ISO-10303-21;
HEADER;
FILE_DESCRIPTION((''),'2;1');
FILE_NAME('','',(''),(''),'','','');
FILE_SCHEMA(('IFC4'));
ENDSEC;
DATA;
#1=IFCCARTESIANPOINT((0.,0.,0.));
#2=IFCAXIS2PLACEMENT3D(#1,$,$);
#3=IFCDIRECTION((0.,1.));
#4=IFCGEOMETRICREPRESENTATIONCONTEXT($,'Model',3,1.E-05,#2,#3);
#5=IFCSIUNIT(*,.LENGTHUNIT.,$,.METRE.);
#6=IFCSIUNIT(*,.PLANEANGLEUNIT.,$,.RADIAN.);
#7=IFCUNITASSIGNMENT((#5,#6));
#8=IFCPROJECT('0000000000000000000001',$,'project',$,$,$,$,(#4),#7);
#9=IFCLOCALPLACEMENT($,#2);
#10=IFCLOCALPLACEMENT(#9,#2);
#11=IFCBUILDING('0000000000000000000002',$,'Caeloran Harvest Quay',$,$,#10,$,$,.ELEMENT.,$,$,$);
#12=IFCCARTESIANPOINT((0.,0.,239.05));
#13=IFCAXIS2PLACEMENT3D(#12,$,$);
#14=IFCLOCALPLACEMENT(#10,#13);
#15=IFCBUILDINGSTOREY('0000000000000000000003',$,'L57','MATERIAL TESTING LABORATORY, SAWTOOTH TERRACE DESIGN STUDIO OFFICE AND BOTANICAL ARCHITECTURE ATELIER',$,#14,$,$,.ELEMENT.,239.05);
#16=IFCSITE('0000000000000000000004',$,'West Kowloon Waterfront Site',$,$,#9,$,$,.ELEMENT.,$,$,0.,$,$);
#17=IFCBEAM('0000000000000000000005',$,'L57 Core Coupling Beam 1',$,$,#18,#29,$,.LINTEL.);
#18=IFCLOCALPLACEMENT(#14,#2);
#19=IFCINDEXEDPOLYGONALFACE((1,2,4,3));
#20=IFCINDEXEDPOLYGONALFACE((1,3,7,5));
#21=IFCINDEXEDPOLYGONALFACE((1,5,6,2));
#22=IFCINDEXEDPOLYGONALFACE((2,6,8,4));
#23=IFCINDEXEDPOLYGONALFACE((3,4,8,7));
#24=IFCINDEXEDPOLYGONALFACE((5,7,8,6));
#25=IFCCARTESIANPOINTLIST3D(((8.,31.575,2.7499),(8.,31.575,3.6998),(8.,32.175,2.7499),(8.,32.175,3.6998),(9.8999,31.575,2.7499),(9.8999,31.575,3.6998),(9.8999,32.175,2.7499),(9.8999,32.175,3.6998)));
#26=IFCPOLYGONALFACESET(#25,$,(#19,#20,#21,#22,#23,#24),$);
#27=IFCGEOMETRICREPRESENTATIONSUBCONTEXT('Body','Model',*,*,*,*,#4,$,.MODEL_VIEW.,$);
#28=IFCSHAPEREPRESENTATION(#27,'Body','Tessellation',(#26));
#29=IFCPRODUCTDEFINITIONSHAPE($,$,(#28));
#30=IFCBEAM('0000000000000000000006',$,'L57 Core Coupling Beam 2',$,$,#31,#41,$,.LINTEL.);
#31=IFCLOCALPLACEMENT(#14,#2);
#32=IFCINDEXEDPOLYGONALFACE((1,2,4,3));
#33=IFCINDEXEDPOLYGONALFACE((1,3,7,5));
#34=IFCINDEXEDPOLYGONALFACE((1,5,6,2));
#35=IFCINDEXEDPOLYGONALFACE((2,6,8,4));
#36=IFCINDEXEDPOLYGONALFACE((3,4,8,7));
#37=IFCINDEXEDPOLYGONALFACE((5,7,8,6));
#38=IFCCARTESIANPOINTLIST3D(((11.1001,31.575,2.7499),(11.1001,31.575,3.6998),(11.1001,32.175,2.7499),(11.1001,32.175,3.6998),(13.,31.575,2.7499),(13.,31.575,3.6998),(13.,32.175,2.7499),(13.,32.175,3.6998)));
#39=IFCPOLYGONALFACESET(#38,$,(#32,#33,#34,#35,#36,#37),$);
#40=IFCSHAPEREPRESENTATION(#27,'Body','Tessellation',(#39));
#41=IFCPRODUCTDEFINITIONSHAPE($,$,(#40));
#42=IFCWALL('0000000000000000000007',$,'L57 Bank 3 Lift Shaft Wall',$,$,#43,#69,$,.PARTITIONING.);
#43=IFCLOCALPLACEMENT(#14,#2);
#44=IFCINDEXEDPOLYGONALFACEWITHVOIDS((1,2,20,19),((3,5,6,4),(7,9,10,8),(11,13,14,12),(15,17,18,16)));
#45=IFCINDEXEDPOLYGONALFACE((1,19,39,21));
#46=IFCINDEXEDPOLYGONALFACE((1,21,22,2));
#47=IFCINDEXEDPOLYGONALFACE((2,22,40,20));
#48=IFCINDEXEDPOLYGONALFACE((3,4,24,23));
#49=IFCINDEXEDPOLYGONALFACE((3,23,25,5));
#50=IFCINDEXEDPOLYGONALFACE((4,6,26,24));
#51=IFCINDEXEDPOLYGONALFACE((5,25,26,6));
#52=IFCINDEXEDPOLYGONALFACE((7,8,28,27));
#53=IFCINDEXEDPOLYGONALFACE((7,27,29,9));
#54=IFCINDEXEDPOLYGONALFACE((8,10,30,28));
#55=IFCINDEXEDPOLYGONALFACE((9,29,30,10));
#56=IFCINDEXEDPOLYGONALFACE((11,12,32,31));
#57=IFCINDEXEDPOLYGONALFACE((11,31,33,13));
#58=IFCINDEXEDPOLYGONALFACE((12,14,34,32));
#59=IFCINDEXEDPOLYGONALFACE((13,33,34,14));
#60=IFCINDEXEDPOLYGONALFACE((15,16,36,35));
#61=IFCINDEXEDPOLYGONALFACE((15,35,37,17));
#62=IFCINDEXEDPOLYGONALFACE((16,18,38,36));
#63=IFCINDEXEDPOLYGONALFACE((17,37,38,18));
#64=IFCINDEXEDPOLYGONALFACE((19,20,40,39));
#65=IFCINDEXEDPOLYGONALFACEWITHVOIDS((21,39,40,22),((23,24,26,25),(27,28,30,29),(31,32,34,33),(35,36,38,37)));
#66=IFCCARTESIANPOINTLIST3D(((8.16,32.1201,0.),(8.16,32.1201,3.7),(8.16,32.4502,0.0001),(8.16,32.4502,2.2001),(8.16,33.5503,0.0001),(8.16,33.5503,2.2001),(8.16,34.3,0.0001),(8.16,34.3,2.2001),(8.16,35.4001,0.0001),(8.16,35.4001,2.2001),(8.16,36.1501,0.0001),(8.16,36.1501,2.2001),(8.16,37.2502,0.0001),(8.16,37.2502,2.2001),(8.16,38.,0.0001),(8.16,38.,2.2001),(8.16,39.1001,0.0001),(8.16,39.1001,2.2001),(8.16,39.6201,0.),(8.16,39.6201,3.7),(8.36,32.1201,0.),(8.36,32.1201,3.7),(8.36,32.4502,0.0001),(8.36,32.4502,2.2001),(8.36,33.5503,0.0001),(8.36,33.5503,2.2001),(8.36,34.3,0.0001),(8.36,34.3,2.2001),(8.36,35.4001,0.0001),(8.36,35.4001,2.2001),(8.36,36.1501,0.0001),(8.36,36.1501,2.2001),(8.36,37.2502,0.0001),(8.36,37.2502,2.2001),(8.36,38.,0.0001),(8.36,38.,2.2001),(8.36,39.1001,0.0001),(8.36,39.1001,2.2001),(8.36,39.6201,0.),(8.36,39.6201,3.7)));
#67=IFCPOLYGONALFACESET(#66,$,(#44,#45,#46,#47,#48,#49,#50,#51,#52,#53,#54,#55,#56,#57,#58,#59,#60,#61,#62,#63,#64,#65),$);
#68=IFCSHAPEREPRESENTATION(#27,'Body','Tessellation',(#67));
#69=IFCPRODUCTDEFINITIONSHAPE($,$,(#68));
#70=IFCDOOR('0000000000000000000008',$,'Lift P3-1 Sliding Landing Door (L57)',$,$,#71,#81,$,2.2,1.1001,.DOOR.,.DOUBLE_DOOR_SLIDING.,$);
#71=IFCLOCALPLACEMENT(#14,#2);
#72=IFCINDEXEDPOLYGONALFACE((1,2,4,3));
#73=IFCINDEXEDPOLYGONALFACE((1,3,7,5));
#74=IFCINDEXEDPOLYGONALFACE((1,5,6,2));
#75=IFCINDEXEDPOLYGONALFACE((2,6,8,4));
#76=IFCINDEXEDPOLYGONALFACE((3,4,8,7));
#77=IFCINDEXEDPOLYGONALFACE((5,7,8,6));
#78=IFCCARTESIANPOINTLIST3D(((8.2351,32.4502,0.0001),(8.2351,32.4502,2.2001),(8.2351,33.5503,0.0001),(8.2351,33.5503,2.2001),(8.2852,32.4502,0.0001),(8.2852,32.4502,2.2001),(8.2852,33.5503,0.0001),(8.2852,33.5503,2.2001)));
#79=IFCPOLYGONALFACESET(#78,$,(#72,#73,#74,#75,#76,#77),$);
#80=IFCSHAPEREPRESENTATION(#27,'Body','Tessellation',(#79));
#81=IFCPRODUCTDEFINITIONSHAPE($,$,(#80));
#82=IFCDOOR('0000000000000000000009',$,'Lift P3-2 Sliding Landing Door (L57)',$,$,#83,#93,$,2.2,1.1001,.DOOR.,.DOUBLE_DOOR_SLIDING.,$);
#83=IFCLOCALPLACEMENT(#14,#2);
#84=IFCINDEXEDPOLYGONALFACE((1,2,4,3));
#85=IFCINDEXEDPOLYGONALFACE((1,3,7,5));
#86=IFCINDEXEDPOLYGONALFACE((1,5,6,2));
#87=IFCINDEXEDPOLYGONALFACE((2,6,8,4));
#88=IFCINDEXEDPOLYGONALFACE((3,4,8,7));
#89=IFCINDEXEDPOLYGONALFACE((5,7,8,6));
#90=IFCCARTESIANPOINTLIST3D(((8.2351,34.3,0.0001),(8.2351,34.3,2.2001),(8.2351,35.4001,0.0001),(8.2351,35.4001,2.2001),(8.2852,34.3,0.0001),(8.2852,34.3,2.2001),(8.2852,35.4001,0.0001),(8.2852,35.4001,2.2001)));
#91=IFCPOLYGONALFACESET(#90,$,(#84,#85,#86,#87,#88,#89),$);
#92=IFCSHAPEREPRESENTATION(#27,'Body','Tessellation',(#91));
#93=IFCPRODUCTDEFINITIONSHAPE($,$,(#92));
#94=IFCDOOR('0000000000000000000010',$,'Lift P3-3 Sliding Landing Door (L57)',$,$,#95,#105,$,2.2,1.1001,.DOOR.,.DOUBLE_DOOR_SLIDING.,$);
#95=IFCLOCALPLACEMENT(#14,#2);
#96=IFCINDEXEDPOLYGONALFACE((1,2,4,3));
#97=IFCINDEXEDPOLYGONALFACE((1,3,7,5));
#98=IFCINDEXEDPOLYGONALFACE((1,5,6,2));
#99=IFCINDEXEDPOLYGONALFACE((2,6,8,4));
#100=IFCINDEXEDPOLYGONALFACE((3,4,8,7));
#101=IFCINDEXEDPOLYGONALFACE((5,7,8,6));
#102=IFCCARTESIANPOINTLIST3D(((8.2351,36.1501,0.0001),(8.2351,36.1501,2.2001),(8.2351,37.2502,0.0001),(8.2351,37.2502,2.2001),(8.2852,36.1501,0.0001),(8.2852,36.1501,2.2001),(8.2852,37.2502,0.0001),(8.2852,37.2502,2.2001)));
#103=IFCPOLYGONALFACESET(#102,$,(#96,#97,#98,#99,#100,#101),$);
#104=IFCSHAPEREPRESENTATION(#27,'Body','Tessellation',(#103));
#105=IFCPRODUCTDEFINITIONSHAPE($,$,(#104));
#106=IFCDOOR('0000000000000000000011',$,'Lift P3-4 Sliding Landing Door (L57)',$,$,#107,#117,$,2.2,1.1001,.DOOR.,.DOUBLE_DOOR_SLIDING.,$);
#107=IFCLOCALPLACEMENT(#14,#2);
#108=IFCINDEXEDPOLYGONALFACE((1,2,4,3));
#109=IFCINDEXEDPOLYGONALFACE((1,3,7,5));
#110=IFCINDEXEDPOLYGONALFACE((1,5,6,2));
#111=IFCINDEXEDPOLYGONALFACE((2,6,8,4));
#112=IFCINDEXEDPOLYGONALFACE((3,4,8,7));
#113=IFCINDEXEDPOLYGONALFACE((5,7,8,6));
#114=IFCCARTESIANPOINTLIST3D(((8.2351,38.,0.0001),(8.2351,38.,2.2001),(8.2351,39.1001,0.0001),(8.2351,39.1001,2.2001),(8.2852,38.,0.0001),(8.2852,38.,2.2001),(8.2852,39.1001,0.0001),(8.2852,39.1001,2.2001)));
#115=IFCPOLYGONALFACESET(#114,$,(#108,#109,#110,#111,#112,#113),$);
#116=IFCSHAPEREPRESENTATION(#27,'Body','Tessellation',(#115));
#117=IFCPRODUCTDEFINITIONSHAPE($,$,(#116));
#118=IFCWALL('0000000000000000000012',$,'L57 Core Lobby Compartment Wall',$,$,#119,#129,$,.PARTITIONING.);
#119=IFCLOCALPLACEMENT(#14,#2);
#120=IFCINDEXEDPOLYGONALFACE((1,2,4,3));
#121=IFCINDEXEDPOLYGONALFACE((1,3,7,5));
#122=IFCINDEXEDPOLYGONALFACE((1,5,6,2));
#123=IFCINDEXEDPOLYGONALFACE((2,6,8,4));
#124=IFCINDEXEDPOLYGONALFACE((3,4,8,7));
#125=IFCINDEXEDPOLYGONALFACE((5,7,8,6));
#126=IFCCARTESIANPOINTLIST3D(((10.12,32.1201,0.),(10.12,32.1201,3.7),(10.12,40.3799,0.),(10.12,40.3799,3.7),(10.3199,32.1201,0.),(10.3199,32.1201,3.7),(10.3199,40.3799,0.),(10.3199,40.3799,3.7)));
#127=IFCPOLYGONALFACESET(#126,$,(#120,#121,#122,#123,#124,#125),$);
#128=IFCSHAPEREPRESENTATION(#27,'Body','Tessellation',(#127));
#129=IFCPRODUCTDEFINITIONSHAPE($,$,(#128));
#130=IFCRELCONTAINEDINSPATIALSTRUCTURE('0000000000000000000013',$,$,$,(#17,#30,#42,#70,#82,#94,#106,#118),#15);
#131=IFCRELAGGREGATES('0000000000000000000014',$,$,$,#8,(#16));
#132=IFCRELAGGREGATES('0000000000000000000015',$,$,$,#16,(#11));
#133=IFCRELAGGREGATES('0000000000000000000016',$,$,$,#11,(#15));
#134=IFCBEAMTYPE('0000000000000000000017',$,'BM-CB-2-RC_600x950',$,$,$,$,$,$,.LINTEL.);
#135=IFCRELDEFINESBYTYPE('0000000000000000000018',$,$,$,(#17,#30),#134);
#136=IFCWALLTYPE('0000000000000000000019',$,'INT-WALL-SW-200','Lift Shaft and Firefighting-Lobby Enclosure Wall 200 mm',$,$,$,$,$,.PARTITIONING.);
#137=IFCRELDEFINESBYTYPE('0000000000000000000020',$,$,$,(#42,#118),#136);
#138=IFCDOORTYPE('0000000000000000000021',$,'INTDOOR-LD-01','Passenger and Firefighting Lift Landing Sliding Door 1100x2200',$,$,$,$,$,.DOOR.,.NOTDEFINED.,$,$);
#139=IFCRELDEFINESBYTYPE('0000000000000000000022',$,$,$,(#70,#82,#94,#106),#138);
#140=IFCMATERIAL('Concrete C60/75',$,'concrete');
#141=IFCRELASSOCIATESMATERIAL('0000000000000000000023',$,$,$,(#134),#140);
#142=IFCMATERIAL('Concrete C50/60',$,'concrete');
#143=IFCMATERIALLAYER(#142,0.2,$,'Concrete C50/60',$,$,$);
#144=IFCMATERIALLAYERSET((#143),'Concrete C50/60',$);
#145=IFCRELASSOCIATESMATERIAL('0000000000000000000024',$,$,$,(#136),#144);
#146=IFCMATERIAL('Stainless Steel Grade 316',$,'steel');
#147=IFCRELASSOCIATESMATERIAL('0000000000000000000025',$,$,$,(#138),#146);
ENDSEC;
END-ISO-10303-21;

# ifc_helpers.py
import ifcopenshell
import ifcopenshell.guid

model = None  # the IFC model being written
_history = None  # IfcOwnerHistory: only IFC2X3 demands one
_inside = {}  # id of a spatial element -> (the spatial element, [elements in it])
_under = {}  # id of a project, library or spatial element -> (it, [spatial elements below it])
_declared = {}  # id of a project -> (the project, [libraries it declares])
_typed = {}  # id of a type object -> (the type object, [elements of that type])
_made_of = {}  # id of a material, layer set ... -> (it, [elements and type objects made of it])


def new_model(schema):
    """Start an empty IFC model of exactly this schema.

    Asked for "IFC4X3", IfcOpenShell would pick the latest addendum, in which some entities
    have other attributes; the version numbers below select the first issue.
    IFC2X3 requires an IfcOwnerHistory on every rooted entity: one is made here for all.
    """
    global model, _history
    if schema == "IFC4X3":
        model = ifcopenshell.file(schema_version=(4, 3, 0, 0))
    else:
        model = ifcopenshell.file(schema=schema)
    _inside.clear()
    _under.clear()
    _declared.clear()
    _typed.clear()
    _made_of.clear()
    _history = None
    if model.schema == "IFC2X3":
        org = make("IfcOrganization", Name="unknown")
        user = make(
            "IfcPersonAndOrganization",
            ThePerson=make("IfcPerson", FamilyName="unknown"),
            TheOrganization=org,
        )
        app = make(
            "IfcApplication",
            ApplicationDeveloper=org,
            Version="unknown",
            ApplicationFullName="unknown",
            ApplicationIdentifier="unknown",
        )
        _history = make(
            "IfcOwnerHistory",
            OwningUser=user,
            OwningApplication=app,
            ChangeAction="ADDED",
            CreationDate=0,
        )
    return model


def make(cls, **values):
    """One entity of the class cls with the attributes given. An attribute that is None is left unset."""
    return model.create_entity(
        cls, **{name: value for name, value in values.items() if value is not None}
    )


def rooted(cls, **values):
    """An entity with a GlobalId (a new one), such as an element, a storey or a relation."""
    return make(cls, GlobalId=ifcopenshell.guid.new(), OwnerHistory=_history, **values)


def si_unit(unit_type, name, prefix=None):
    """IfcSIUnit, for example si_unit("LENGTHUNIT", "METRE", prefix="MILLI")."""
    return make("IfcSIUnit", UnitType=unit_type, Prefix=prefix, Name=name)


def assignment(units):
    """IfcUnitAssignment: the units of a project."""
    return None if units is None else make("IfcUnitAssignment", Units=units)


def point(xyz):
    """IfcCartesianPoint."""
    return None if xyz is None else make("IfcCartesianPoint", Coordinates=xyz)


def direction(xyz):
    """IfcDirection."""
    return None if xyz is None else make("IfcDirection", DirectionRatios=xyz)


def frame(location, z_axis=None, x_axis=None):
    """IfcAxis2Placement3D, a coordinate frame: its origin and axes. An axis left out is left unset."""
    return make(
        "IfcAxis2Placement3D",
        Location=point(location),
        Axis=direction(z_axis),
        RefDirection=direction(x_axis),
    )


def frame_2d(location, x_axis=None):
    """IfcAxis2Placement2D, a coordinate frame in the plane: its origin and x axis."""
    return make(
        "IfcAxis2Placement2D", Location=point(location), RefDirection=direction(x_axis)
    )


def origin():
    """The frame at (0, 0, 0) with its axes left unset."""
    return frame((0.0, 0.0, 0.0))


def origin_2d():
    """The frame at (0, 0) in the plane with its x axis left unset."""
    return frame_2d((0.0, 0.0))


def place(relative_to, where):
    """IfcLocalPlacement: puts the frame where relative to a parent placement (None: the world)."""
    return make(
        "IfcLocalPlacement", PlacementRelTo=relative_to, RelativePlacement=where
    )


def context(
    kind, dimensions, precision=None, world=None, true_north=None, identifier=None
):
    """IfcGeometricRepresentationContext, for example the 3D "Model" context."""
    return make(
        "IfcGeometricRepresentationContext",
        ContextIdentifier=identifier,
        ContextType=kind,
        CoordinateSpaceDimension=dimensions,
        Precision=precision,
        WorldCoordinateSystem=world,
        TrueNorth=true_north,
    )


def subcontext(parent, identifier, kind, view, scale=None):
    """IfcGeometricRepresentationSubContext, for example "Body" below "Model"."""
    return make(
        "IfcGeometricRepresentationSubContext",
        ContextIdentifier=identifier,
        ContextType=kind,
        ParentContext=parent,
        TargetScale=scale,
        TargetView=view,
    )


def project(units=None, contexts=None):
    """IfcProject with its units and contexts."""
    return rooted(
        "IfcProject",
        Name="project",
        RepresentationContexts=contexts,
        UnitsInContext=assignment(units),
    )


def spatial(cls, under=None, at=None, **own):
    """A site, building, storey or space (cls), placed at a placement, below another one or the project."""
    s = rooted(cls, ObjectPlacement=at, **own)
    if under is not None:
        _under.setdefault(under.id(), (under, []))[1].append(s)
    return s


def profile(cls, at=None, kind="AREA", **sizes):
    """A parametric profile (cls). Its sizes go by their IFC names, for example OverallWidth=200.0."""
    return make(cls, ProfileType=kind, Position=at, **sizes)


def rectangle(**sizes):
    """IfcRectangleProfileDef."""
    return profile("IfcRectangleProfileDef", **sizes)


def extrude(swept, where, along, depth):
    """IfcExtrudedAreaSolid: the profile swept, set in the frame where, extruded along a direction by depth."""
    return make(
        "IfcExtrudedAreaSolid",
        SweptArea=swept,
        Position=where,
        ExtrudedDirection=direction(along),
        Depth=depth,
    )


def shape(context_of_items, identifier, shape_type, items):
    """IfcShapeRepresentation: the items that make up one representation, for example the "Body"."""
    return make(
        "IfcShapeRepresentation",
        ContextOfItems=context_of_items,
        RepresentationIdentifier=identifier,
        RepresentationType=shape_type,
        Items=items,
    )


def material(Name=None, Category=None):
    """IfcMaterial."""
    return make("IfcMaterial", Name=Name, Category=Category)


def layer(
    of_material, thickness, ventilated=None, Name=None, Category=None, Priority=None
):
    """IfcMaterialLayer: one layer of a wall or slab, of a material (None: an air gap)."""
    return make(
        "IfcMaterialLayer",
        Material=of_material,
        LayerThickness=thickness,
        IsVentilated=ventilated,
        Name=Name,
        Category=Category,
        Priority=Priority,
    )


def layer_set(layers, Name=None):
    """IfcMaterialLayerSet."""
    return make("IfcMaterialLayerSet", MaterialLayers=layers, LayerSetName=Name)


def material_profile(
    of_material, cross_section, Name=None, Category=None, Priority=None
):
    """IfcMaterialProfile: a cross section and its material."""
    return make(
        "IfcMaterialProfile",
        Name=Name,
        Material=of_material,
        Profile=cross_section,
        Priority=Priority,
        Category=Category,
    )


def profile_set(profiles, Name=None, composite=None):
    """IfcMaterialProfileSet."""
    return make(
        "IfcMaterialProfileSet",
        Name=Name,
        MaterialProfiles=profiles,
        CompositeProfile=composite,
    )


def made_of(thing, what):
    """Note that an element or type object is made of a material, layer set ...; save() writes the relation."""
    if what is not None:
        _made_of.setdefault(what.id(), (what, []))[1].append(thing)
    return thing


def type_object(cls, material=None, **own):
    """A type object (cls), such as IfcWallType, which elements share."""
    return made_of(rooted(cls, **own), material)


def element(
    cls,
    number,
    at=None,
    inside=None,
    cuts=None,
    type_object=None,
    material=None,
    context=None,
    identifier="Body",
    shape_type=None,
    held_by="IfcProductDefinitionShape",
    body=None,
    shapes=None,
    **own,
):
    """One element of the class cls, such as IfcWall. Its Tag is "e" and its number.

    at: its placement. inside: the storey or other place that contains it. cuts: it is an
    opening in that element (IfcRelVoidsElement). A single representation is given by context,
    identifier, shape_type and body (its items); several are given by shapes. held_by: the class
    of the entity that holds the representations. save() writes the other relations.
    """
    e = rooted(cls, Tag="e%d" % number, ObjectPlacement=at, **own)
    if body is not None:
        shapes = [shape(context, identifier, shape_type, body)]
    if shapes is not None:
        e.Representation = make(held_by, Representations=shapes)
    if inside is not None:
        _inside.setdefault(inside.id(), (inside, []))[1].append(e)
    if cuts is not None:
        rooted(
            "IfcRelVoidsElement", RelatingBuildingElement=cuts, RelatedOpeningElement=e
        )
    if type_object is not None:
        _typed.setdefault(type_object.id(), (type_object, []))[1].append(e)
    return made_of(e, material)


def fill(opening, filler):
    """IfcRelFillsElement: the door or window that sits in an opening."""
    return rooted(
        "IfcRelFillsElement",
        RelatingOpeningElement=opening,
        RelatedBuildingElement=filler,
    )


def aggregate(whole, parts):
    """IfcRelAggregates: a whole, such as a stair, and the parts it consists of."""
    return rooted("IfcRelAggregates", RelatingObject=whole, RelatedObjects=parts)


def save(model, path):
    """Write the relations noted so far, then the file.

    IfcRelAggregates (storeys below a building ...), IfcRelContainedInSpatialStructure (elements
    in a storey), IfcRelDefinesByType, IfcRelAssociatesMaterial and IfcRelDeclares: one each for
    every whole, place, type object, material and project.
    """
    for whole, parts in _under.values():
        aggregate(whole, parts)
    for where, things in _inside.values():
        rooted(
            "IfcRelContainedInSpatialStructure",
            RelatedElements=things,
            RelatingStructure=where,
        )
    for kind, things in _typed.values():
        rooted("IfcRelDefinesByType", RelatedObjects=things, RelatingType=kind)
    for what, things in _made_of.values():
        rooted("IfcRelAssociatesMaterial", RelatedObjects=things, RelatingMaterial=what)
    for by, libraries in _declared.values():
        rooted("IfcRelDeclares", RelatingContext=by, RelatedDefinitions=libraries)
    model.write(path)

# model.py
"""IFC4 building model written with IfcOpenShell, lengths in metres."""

from ifc_helpers import new_model, si_unit, direction, frame, frame_2d, origin, origin_2d, place, context, subcontext, project, spatial, rectangle, extrude, material, layer, layer_set, material_profile, profile_set, type_object, element, fill, save


model = new_model("IFC4")

# Units and contexts
model_context = context("Model", 3, precision=1e-05, world=origin(), true_north=direction((0.0, 1.0)))
body_context = subcontext(model_context, "Body", "Model", "MODEL_VIEW")
ifc_project = project(units=[si_unit("LENGTHUNIT", "METRE"), si_unit("PLANEANGLEUNIT", "RADIAN")], contexts=[model_context])

# Site, building, storey
site_placement = place(None, origin())
site = spatial("IfcSite", under=ifc_project, at=site_placement, Name="West Kowloon Waterfront Site", CompositionType="ELEMENT", RefElevation=0.0)
building_placement = place(site_placement, origin())
building = spatial("IfcBuilding", under=site, at=building_placement, Name="Caeloran Harvest Quay", CompositionType="ELEMENT")
storey_placement = place(building_placement, frame((0.0, 0.0, 239.05)))
storey = spatial("IfcBuildingStorey", under=building, at=storey_placement, Name="L57", Description="MATERIAL TESTING LABORATORY, SAWTOOTH TERRACE DESIGN STUDIO OFFICE AND BOTANICAL ARCHITECTURE ATELIER", CompositionType="ELEMENT", Elevation=239.05)

# Beams
ifc_material_1 = material(Name="Concrete C60/75", Category="concrete")
ifc_material_profile = material_profile(ifc_material_1, rectangle(XDim=0.6001, YDim=0.95, at=origin_2d()), Name="RC 600x950")
ifc_profile_set = profile_set([ifc_material_profile], Name="Concrete C60/75")
beam_type = type_object("IfcBeamType", Name="BM-CB-2-RC_600x950", PredefinedType="LINTEL", material=ifc_profile_set)
for number, where, z_axis, x_axis, name in (
    (1, (8.0, 31.875, 3.2249), (1.0, 0.0, 0.0), (0.0, 1.0, 0.0), "L57 Core Coupling Beam 1"),
    (2, (11.1001, 31.875, 3.2249), (1.0, 0.0, 0.0), (0.0, 1.0, 0.0), "L57 Core Coupling Beam 2"),
):
    element("IfcBeam", number, at=place(storey_placement, frame(where, z_axis=z_axis, x_axis=x_axis)), inside=storey, type_object=beam_type, Name=name, PredefinedType="LINTEL", context=body_context, shape_type="SweptSolid", body=[
        extrude(rectangle(XDim=0.6001, YDim=0.95, at=origin_2d()), origin(), (0.0, 0.0, 1.0), 1.8999),
    ])

# Wall, openings, doors
ifc_material_2 = material(Name="Concrete C50/60", Category="concrete")
ifc_layer_1 = layer(ifc_material_2, 0.2, Name="Concrete C50/60")
ifc_layer_set_1 = layer_set([ifc_layer_1], Name="Concrete C50/60")
wall_type_1 = type_object("IfcWallType", Name="INT-WALL-SW-200", Description="Lift Shaft and Firefighting-Lobby Enclosure Wall 200 mm", PredefinedType="PARTITIONING", material=ifc_layer_set_1)
wall_1_placement = place(storey_placement, frame((8.26, 32.1201, 0.0), z_axis=(0.0, 0.0, 1.0), x_axis=(0.0, 1.0, 0.0)))
wall_1 = element("IfcWall", 3, at=wall_1_placement, inside=storey, type_object=wall_type_1, Name="L57 Bank 3 Lift Shaft Wall", PredefinedType="PARTITIONING", context=body_context, shape_type="SweptSolid", body=[
    extrude(rectangle(XDim=7.5, YDim=0.2, at=frame_2d((3.75, 0.0))), origin(), (0.0, 0.0, 1.0), 3.7),
])
opening_1_placement = place(wall_1_placement, frame((0.3301, 0.0, 0.0)))
opening_1 = element("IfcOpeningElement", 4, at=opening_1_placement, cuts=wall_1, PredefinedType="OPENING", context=body_context, shape_type="SweptSolid", body=[
    extrude(rectangle(XDim=1.1001, YDim=2.2, at=frame_2d((0.55, 1.1001))), frame((0.0, 0.1099, 0.0), z_axis=(0.0, -1.0, 0.0), x_axis=(1.0, 0.0, 0.0)), (0.0, 0.0, 1.0), 0.22),
])
opening_2_placement = place(wall_1_placement, frame((2.1799, 0.0, 0.0)))
opening_2 = element("IfcOpeningElement", 5, at=opening_2_placement, cuts=wall_1, PredefinedType="OPENING", context=body_context, shape_type="SweptSolid", body=[
    extrude(rectangle(XDim=1.1001, YDim=2.2, at=frame_2d((0.55, 1.1001))), frame((0.0, 0.1099, 0.0), z_axis=(0.0, -1.0, 0.0), x_axis=(1.0, 0.0, 0.0)), (0.0, 0.0, 1.0), 0.22),
])
opening_3_placement = place(wall_1_placement, frame((4.03, 0.0, 0.0)))
opening_3 = element("IfcOpeningElement", 6, at=opening_3_placement, cuts=wall_1, PredefinedType="OPENING", context=body_context, shape_type="SweptSolid", body=[
    extrude(rectangle(XDim=1.1001, YDim=2.2, at=frame_2d((0.55, 1.1001))), frame((0.0, 0.1099, 0.0), z_axis=(0.0, -1.0, 0.0), x_axis=(1.0, 0.0, 0.0)), (0.0, 0.0, 1.0), 0.22),
])
opening_4_placement = place(wall_1_placement, frame((5.8799, 0.0, 0.0)))
opening_4 = element("IfcOpeningElement", 7, at=opening_4_placement, cuts=wall_1, PredefinedType="OPENING", context=body_context, shape_type="SweptSolid", body=[
    extrude(rectangle(XDim=1.1001, YDim=2.2, at=frame_2d((0.55, 1.1001))), frame((0.0, 0.1099, 0.0), z_axis=(0.0, -1.0, 0.0), x_axis=(1.0, 0.0, 0.0)), (0.0, 0.0, 1.0), 0.22),
])
ifc_material_3 = material(Name="Stainless Steel Grade 316", Category="steel")
door_type_1 = type_object("IfcDoorType", Name="INTDOOR-LD-01", Description="Passenger and Firefighting Lift Landing Sliding Door 1100x2200", OperationType="NOTDEFINED", PredefinedType="DOOR", material=ifc_material_3)
door_1_placement = place(opening_1_placement, origin())
door_1 = element("IfcDoor", 8, at=door_1_placement, inside=storey, type_object=door_type_1, Name="Lift P3-1 Sliding Landing Door (L57)", OperationType="DOUBLE_DOOR_SLIDING", OverallHeight=2.2, OverallWidth=1.1001, PredefinedType="DOOR", context=body_context, shape_type="SweptSolid", body=[
    extrude(rectangle(XDim=1.1001, YDim=2.2, at=frame_2d((0.55, 1.1001))), frame((0.0, 0.0249, 0.0), z_axis=(0.0, -1.0, 0.0), x_axis=(1.0, 0.0, 0.0)), (0.0, 0.0, 1.0), 0.05),
])
fill(opening_1, door_1)
door_2_placement = place(opening_2_placement, origin())
door_2 = element("IfcDoor", 9, at=door_2_placement, inside=storey, type_object=door_type_1, Name="Lift P3-2 Sliding Landing Door (L57)", OperationType="DOUBLE_DOOR_SLIDING", OverallHeight=2.2, OverallWidth=1.1001, PredefinedType="DOOR", context=body_context, shape_type="SweptSolid", body=[
    extrude(rectangle(XDim=1.1001, YDim=2.2, at=frame_2d((0.55, 1.1001))), frame((0.0, 0.0249, 0.0), z_axis=(0.0, -1.0, 0.0), x_axis=(1.0, 0.0, 0.0)), (0.0, 0.0, 1.0), 0.05),
])
fill(opening_2, door_2)
door_3_placement = place(opening_3_placement, origin())
door_3 = element("IfcDoor", 10, at=door_3_placement, inside=storey, type_object=door_type_1, Name="Lift P3-3 Sliding Landing Door (L57)", OperationType="DOUBLE_DOOR_SLIDING", OverallHeight=2.2, OverallWidth=1.1001, PredefinedType="DOOR", context=body_context, shape_type="SweptSolid", body=[
    extrude(rectangle(XDim=1.1001, YDim=2.2, at=frame_2d((0.55, 1.1001))), frame((0.0, 0.0249, 0.0), z_axis=(0.0, -1.0, 0.0), x_axis=(1.0, 0.0, 0.0)), (0.0, 0.0, 1.0), 0.05),
])
fill(opening_3, door_3)
door_4_placement = place(opening_4_placement, origin())
door_4 = element("IfcDoor", 11, at=door_4_placement, inside=storey, type_object=door_type_1, Name="Lift P3-4 Sliding Landing Door (L57)", OperationType="DOUBLE_DOOR_SLIDING", OverallHeight=2.2, OverallWidth=1.1001, PredefinedType="DOOR", context=body_context, shape_type="SweptSolid", body=[
    extrude(rectangle(XDim=1.1001, YDim=2.2, at=frame_2d((0.55, 1.1001))), frame((0.0, 0.0249, 0.0), z_axis=(0.0, -1.0, 0.0), x_axis=(1.0, 0.0, 0.0)), (0.0, 0.0, 1.0), 0.05),
])
fill(opening_4, door_4)

# Wall
wall_2_placement = place(storey_placement, frame((10.22, 32.1201, 0.0), z_axis=(0.0, 0.0, 1.0), x_axis=(0.0, 1.0, 0.0)))
element("IfcWall", 12, at=wall_2_placement, inside=storey, type_object=wall_type_1, Name="L57 Core Lobby Compartment Wall", PredefinedType="PARTITIONING", context=body_context, shape_type="SweptSolid", body=[
    extrude(rectangle(XDim=8.2598, YDim=0.2, at=frame_2d((4.1299, 0.0))), origin(), (0.0, 0.0, 1.0), 3.7),
])

save(model, "model.ifc")
